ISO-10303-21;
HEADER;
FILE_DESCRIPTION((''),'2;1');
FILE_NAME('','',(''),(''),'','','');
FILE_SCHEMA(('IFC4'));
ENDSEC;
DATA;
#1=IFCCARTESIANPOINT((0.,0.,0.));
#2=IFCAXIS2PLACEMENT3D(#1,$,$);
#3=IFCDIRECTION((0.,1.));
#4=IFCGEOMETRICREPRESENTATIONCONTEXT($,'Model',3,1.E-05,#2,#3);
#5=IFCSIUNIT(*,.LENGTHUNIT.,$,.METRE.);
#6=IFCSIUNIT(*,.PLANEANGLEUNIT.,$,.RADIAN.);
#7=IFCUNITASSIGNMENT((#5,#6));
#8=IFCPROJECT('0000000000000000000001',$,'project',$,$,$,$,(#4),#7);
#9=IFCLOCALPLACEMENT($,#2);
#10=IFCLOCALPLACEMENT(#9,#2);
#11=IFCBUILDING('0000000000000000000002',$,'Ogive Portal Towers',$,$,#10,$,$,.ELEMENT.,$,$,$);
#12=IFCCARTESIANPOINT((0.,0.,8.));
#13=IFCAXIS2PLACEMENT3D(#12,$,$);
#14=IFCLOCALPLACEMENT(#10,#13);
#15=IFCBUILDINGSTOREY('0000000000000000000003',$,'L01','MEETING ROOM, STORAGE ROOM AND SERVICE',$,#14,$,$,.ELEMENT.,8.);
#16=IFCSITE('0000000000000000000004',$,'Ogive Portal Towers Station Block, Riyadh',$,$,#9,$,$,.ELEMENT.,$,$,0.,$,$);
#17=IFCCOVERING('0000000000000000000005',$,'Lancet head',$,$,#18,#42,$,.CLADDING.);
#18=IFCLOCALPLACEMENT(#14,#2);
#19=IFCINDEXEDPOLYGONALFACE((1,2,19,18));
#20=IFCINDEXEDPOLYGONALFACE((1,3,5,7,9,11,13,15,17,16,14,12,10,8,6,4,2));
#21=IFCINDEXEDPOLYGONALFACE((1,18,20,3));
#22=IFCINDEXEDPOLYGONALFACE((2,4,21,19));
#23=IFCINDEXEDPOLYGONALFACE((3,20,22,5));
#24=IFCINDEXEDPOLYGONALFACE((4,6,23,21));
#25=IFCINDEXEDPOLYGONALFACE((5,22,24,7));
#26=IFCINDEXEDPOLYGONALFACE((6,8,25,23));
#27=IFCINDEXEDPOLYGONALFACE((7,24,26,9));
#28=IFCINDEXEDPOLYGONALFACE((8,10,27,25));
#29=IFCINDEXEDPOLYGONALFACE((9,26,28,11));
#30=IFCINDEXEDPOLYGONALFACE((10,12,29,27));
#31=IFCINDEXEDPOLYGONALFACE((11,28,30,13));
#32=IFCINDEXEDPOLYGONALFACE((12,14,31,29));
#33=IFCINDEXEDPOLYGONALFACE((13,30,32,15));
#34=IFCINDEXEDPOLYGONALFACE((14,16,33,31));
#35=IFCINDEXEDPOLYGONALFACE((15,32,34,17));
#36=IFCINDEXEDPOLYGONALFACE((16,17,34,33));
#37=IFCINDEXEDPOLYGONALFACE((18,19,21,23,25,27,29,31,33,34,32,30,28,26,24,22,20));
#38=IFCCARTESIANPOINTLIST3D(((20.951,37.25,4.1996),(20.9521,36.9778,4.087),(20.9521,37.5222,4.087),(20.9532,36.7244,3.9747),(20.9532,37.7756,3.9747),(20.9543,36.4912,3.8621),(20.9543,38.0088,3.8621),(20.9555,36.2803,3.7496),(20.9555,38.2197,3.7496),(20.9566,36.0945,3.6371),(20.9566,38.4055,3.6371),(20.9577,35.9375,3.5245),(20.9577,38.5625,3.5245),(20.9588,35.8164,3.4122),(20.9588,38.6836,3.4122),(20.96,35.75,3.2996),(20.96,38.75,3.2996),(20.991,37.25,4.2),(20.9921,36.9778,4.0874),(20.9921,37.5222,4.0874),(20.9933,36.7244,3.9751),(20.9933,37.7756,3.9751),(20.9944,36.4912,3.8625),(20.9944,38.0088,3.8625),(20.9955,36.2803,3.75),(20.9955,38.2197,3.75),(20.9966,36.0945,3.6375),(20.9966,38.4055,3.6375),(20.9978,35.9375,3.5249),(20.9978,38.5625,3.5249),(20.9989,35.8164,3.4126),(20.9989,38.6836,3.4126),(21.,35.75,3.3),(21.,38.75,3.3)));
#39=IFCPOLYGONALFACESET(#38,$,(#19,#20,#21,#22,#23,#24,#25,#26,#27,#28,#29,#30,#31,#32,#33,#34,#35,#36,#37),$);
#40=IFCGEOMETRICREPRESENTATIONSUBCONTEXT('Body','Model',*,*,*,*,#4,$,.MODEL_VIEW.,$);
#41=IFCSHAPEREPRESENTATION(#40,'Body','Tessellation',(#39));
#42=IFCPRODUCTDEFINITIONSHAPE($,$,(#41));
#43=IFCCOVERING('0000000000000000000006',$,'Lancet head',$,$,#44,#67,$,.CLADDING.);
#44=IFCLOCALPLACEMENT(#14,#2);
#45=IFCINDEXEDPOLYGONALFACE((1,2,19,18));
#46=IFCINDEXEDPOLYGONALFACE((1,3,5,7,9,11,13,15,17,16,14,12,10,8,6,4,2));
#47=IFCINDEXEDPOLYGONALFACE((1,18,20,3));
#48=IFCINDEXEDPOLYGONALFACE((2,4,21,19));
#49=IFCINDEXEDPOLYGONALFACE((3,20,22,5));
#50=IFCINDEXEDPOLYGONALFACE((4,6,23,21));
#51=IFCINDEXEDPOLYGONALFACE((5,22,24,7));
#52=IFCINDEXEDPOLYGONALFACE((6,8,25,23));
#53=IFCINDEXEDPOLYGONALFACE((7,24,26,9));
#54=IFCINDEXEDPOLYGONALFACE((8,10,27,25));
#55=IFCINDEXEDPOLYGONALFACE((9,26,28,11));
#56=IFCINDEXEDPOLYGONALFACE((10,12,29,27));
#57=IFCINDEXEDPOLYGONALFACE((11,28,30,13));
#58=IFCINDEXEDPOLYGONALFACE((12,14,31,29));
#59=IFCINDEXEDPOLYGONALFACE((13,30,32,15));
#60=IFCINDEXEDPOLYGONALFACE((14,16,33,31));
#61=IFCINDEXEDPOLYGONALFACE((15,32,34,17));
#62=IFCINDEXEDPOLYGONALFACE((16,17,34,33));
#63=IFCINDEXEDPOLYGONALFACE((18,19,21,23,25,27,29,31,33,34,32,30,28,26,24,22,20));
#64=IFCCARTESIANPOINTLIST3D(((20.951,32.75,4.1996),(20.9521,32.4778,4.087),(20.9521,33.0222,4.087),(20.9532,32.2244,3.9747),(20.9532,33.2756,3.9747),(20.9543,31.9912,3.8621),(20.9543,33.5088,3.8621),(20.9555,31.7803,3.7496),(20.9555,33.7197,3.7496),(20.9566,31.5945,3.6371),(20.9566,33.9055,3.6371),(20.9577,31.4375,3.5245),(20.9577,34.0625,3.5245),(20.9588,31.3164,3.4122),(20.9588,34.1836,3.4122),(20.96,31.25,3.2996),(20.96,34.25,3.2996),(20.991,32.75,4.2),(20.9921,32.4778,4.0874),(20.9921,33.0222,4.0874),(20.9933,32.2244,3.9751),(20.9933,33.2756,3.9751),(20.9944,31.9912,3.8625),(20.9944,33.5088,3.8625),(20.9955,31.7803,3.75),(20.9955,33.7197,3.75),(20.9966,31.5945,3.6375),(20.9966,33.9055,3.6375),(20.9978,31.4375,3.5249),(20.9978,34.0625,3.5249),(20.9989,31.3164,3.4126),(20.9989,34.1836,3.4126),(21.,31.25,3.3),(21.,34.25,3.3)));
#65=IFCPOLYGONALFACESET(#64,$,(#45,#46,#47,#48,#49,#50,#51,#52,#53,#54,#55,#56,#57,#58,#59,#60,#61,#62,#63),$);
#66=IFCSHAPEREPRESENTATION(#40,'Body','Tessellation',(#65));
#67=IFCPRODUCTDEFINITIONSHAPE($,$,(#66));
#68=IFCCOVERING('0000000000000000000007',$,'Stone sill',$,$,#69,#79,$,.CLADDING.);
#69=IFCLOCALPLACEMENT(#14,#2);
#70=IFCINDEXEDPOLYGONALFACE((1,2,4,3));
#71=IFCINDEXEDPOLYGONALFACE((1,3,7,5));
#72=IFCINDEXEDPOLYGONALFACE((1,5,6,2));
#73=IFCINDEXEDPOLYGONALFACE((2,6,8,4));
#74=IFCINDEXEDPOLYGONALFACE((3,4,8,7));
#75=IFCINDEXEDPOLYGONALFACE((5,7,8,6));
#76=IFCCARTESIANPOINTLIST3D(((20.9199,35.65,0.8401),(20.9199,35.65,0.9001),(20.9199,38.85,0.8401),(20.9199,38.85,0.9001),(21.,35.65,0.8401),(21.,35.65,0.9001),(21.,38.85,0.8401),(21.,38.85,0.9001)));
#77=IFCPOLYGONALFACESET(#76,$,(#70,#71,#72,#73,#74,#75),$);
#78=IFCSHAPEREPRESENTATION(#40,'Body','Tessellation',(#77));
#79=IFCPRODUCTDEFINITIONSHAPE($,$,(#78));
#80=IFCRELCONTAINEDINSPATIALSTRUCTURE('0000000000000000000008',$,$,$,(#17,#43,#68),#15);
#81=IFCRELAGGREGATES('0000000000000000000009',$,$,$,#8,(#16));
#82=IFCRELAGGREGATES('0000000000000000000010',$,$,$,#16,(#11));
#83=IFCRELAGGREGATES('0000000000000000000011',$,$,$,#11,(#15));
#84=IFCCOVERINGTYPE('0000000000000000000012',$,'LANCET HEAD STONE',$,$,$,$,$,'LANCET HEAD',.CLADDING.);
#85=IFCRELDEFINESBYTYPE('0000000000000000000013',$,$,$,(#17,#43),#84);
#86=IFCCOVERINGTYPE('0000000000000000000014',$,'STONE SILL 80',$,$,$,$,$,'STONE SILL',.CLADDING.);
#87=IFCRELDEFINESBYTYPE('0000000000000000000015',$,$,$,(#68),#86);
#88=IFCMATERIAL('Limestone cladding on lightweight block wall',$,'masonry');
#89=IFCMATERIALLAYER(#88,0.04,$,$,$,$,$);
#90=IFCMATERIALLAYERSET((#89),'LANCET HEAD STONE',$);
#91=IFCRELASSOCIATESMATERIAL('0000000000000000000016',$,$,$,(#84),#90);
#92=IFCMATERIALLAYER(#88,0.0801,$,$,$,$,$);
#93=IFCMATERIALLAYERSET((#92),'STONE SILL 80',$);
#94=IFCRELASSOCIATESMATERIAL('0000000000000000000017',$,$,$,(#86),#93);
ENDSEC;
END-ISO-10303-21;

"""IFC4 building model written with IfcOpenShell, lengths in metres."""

from ifc_helpers import new_model, si_unit, direction, frame, origin, origin_2d, place, context, subcontext, project, spatial, polyline, rectangle, outline, extrude, material, layer, layer_set, type_object, element, save


model = new_model("IFC4")

# Units and contexts
model_context = context("Model", 3, precision=1e-05, world=origin(), true_north=direction((0.0, 1.0)))
body_context = subcontext(model_context, "Body", "Model", "MODEL_VIEW")
ifc_project = project(units=[si_unit("LENGTHUNIT", "METRE"), si_unit("PLANEANGLEUNIT", "RADIAN")], contexts=[model_context])

# Site, building, storey
site_placement = place(None, origin())
site = spatial("IfcSite", under=ifc_project, at=site_placement, Name="Ogive Portal Towers Station Block, Riyadh", CompositionType="ELEMENT", RefElevation=0.0)
building_placement = place(site_placement, origin())
building = spatial("IfcBuilding", under=site, at=building_placement, Name="Ogive Portal Towers", CompositionType="ELEMENT")
storey_placement = place(building_placement, frame((0.0, 0.0, 8.0)))
storey = spatial("IfcBuildingStorey", under=building, at=storey_placement, Name="L01", Description="MEETING ROOM, STORAGE ROOM AND SERVICE", CompositionType="ELEMENT", Elevation=8.0)

# Coverings
ifc_material_1 = material(Name="Limestone cladding on lightweight block wall", Category="masonry")
ifc_layer_1 = layer(ifc_material_1, 0.04)
ifc_layer_set_1 = layer_set([ifc_layer_1], Name="LANCET HEAD STONE")
covering_type_1 = type_object("IfcCoveringType", Name="LANCET HEAD STONE", ElementType="LANCET HEAD", PredefinedType="CLADDING", material=ifc_layer_set_1)
for number, where, z_axis, x_axis, name in (
    (1, (21.0, 38.75, 3.3), (0.99995, 0.0, 0.009994), (0.0, -1.0, 0.0), "Lancet head"),
    (2, (21.0, 34.25, 3.3), (0.99995, 0.0, 0.009994), (0.0, -1.0, 0.0), "Lancet head"),
):
    element("IfcCovering", number, at=place(storey_placement, frame(where, z_axis=z_axis, x_axis=x_axis)), inside=storey, type_object=covering_type_1, Name=name, PredefinedType="CLADDING", context=body_context, shape_type="SweptSolid", body=[
        extrude(outline(polyline([(0.0, 0.0), (3.0, 0.0), (2.9336, -0.1126), (2.8125, -0.2249), (2.6555, -0.3374), (2.4697, -0.45), (2.2588, -0.5625), (2.0256, -0.6751), (1.7722, -0.7874), (1.5, -0.8999), (1.2278, -0.7874), (0.9744, -0.6751), (0.7412, -0.5625), (0.5303, -0.45), (0.3445, -0.3374), (0.1875, -0.2249), (0.0664, -0.1126), (0.0, 0.0)])), origin(), (0.0, 0.0, -1.0), 0.04),
    ])
ifc_layer_2 = layer(ifc_material_1, 0.0801)
ifc_layer_set_2 = layer_set([ifc_layer_2], Name="STONE SILL 80")
covering_type_2 = type_object("IfcCoveringType", Name="STONE SILL 80", ElementType="STONE SILL", PredefinedType="CLADDING", material=ifc_layer_set_2)
covering_placement = place(storey_placement, frame((20.96, 37.25, 0.8401), z_axis=(0.0, 0.0, 1.0), x_axis=(0.0, -1.0, 0.0)))
element("IfcCovering", 3, at=covering_placement, inside=storey, type_object=covering_type_2, Name="Stone sill", PredefinedType="CLADDING", context=body_context, shape_type="SweptSolid", body=[
    extrude(rectangle(XDim=3.2, YDim=0.0801, at=origin_2d()), origin(), (0.0, 0.0, 1.0), 0.0601),
])

save(model, "model.ifc")
